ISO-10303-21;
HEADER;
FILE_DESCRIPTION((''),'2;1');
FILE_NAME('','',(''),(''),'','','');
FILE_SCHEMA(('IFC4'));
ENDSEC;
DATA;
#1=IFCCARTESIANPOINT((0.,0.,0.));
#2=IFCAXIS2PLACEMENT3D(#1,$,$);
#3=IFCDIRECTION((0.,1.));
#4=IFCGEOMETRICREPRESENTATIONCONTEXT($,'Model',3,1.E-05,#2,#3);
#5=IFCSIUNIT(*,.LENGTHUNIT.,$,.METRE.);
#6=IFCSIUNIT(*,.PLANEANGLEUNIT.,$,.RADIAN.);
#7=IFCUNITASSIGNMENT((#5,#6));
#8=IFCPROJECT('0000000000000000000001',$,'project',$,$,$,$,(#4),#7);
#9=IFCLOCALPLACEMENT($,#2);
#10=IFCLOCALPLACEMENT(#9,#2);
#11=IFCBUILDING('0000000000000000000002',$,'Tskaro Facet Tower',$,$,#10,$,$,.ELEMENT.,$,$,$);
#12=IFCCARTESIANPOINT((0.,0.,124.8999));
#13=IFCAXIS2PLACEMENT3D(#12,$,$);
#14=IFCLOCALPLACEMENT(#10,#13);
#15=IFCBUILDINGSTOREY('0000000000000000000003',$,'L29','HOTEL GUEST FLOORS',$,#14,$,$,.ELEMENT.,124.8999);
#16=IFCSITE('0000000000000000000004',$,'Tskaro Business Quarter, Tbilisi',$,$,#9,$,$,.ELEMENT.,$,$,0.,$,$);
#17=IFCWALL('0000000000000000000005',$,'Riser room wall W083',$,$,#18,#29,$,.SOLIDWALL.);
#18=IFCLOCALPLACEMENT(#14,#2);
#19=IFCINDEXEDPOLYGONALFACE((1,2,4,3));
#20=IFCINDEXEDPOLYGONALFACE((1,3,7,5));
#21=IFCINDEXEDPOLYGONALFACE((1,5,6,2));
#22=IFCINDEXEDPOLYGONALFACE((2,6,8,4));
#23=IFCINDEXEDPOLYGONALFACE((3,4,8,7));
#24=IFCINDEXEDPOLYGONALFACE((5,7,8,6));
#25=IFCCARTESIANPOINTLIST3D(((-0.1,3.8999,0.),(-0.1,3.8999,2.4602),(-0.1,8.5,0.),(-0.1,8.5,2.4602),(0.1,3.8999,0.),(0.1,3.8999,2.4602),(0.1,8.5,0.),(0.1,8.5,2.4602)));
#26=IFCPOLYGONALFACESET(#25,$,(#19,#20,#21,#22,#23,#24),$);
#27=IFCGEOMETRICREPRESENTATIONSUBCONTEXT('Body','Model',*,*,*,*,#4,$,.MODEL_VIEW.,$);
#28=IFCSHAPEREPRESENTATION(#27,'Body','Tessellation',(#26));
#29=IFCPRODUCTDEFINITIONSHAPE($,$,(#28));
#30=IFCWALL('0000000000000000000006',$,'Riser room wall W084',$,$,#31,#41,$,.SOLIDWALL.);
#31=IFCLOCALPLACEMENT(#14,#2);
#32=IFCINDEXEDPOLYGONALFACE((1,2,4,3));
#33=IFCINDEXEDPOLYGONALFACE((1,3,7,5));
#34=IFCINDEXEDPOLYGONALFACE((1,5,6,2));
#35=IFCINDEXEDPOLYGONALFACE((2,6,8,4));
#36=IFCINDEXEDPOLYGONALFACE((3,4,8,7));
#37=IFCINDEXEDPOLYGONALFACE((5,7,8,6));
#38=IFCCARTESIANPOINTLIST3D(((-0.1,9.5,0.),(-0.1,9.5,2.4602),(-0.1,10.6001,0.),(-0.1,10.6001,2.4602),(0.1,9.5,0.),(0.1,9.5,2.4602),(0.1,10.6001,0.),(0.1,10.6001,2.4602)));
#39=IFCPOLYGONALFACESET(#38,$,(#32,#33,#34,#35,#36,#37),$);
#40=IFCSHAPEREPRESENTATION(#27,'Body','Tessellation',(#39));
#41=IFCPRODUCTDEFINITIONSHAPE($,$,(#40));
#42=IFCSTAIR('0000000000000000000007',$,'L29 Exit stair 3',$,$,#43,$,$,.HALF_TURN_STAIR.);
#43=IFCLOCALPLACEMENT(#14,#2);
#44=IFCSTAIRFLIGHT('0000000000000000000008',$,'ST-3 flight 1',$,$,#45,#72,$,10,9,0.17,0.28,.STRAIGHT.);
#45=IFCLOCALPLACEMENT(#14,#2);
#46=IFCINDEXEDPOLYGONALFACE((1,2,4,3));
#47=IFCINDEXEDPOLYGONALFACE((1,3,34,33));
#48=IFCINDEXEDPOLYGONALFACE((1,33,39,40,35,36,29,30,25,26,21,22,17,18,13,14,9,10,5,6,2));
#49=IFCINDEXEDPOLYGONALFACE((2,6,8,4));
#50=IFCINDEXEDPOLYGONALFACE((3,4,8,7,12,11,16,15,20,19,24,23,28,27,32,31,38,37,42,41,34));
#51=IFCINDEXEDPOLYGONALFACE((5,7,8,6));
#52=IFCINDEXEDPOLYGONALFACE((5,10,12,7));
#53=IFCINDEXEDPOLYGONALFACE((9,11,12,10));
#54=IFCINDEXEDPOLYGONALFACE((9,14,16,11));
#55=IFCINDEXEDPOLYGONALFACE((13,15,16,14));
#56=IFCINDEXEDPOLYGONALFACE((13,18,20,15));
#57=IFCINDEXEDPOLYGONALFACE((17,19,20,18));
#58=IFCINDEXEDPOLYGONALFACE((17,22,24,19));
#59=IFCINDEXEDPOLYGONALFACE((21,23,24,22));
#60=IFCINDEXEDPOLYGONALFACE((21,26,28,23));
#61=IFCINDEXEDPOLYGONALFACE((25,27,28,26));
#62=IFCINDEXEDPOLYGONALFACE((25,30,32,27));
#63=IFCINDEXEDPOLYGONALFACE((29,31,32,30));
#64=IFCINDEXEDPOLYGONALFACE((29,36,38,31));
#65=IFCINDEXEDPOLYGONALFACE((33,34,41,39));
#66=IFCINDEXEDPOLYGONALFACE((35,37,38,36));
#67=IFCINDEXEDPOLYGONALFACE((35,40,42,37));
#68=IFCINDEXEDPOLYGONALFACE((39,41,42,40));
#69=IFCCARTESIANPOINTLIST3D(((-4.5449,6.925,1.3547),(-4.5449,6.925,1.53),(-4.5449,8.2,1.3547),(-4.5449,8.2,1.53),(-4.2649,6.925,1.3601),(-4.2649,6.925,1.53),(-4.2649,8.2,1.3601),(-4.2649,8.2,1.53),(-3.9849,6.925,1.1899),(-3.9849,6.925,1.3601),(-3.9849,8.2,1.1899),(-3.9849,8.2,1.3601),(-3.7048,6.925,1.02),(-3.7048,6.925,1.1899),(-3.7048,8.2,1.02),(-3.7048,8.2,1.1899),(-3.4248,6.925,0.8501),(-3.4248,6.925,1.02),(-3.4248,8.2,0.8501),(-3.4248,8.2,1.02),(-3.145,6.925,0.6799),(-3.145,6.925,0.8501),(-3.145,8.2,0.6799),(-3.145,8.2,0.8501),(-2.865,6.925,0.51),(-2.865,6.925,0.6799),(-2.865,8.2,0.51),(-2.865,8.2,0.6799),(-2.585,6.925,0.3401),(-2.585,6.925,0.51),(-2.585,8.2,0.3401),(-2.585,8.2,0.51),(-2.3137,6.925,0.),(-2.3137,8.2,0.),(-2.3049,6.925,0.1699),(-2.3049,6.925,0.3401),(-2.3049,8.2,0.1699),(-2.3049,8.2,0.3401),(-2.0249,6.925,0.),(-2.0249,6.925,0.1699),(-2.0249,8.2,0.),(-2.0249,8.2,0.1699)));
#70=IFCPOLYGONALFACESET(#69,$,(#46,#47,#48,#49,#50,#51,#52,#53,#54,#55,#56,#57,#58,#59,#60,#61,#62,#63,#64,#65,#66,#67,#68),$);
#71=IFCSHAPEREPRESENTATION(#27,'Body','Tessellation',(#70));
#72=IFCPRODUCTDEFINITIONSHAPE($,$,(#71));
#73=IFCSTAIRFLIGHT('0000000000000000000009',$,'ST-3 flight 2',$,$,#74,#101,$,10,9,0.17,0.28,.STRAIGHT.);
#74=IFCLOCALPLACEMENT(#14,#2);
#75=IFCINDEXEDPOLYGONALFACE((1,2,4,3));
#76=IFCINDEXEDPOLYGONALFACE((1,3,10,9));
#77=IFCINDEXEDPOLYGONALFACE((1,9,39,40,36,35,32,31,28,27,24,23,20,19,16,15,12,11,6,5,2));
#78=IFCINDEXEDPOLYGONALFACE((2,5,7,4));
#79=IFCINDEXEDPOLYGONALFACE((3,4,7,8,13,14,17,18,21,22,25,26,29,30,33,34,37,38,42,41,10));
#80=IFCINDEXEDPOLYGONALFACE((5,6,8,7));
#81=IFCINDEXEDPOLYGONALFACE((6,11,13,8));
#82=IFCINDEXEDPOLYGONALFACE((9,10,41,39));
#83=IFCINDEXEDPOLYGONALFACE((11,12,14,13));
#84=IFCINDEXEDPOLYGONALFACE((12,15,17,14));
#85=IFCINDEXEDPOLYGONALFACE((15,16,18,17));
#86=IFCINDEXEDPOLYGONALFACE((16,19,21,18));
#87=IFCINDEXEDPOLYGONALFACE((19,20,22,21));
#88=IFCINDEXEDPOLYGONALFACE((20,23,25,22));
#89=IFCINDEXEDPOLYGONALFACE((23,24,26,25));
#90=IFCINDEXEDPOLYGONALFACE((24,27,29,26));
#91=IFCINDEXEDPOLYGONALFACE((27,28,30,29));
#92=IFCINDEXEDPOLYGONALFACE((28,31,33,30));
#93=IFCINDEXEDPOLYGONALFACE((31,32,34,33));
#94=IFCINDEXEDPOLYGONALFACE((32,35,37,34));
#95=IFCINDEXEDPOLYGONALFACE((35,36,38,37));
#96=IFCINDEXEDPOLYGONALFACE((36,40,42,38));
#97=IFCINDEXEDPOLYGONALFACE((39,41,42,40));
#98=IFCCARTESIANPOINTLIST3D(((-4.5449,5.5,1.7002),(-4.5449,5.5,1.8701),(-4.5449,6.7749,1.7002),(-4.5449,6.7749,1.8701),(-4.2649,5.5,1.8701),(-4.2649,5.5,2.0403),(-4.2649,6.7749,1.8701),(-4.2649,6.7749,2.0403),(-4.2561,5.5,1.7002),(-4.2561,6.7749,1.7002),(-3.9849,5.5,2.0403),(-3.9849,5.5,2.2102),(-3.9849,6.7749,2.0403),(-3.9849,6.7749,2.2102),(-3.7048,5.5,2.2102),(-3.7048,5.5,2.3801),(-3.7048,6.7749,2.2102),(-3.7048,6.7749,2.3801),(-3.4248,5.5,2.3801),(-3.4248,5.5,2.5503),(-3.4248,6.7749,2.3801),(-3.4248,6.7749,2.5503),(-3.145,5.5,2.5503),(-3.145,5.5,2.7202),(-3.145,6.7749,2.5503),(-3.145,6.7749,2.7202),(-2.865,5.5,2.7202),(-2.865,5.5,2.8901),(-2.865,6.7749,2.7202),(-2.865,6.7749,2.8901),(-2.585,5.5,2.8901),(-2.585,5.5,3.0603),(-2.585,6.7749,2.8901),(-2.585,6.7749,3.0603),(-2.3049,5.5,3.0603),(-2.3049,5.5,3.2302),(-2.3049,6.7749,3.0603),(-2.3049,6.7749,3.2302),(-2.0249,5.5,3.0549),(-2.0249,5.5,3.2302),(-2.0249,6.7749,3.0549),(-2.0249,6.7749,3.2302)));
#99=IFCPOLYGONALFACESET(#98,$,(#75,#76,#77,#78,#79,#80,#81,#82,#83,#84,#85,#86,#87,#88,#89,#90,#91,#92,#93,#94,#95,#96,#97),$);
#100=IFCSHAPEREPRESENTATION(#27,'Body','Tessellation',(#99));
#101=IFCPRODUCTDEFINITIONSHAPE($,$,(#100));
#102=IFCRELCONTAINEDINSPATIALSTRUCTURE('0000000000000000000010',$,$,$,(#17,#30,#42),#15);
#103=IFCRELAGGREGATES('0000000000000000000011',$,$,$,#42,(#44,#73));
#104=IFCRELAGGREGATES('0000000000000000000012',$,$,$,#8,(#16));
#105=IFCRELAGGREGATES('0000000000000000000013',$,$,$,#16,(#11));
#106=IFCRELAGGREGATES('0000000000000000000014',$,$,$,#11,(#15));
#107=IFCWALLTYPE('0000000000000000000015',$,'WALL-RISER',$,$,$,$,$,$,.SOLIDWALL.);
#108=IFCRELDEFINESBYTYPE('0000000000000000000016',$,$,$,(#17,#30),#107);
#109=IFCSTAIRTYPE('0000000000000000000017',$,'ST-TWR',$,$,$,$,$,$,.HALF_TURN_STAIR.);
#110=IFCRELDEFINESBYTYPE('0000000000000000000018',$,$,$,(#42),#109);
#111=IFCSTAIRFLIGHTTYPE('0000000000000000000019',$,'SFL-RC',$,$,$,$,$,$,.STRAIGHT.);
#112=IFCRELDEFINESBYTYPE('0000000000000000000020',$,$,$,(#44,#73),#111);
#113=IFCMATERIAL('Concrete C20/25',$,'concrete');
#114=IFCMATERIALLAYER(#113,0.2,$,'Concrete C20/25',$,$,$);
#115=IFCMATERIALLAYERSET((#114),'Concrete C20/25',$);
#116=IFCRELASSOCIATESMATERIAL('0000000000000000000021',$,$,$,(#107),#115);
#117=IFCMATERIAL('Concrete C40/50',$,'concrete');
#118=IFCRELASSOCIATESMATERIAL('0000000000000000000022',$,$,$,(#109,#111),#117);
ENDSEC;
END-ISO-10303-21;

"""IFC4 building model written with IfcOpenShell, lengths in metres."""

from ifc_helpers import new_model, si_unit, direction, frame, frame_2d, origin, place, context, subcontext, project, spatial, polyline, rectangle, outline, extrude, material, layer, layer_set, type_object, element, aggregate, save


model = new_model("IFC4")

# Units and contexts
model_context = context("Model", 3, precision=1e-05, world=origin(), true_north=direction((0.0, 1.0)))
body_context = subcontext(model_context, "Body", "Model", "MODEL_VIEW")
ifc_project = project(units=[si_unit("LENGTHUNIT", "METRE"), si_unit("PLANEANGLEUNIT", "RADIAN")], contexts=[model_context])

# Site, building, storey
site_placement = place(None, origin())
site = spatial("IfcSite", under=ifc_project, at=site_placement, Name="Tskaro Business Quarter, Tbilisi", CompositionType="ELEMENT", RefElevation=0.0)
building_placement = place(site_placement, origin())
building = spatial("IfcBuilding", under=site, at=building_placement, Name="Tskaro Facet Tower", CompositionType="ELEMENT")
storey_placement = place(building_placement, frame((0.0, 0.0, 124.8999)))
storey = spatial("IfcBuildingStorey", under=building, at=storey_placement, Name="L29", Description="HOTEL GUEST FLOORS", CompositionType="ELEMENT", Elevation=124.8999)

# Walls
ifc_material_1 = material(Name="Concrete C20/25", Category="concrete")
ifc_layer_1 = layer(ifc_material_1, 0.2, Name="Concrete C20/25")
ifc_layer_set_1 = layer_set([ifc_layer_1], Name="Concrete C20/25")
wall_type_1 = type_object("IfcWallType", Name="WALL-RISER", PredefinedType="SOLIDWALL", material=ifc_layer_set_1)
wall_1_placement = place(storey_placement, frame((0.0, 3.8999, 0.0), z_axis=(0.0, 0.0, 1.0), x_axis=(0.0, 1.0, 0.0)))
element("IfcWall", 1, at=wall_1_placement, inside=storey, type_object=wall_type_1, Name="Riser room wall W083", PredefinedType="SOLIDWALL", context=body_context, shape_type="SweptSolid", body=[
    extrude(rectangle(XDim=4.6001, YDim=0.2, at=frame_2d((2.3, 0.0))), origin(), (0.0, 0.0, 1.0), 2.4602),
])
wall_2_placement = place(storey_placement, frame((0.0, 9.5, 0.0), z_axis=(0.0, 0.0, 1.0), x_axis=(0.0, 1.0, 0.0)))
element("IfcWall", 2, at=wall_2_placement, inside=storey, type_object=wall_type_1, Name="Riser room wall W084", PredefinedType="SOLIDWALL", context=body_context, shape_type="SweptSolid", body=[
    extrude(rectangle(XDim=1.1001, YDim=0.2, at=frame_2d((0.55, 0.0))), origin(), (0.0, 0.0, 1.0), 2.4602),
])

# Stair, stair flights
ifc_material_2 = material(Name="Concrete C40/50", Category="concrete")
stair_type = type_object("IfcStairType", Name="ST-TWR", PredefinedType="HALF_TURN_STAIR", material=ifc_material_2)
stair_placement = place(storey_placement, origin())
stair = element("IfcStair", 3, at=stair_placement, inside=storey, type_object=stair_type, Name="L29 Exit stair 3", PredefinedType="HALF_TURN_STAIR")
stair_flight_type = type_object("IfcStairFlightType", Name="SFL-RC", PredefinedType="STRAIGHT", material=ifc_material_2)
stair_flight_1_placement = place(storey_placement, frame((-2.0249, 7.5625, 0.0), z_axis=(0.0, 0.0, 1.0), x_axis=(-1.0, 0.0, 0.0)))
stair_flight_1 = element("IfcStairFlight", 4, at=stair_flight_1_placement, type_object=stair_flight_type, Name="ST-3 flight 1", NumberOfRisers=10, NumberOfTreads=9, PredefinedType="STRAIGHT", RiserHeight=0.17, TreadLength=0.28, context=body_context, shape_type="SweptSolid", body=[
    extrude(outline(polyline([(0.0, 0.0), (0.0, 0.1699), (0.28, 0.1699), (0.28, 0.3401), (0.5601, 0.3401), (0.5601, 0.51), (0.8401, 0.51), (0.8401, 0.6799), (1.1201, 0.6799), (1.1201, 0.8501), (1.3999, 0.8501), (1.3999, 1.02), (1.6799, 1.02), (1.6799, 1.1899), (1.96, 1.1899), (1.96, 1.3601), (2.24, 1.3601), (2.24, 1.53), (2.52, 1.53), (2.52, 1.7), (2.52, 1.3547), (0.2888, 0.0), (0.0, 0.0)])), frame((0.0, 0.6375, 0.0), z_axis=(0.0, -1.0, 0.0), x_axis=(1.0, 0.0, 0.0)), (0.0, 0.0, 1.0), 1.2749),
])
stair_flight_2_placement = place(storey_placement, frame((-4.5449, 6.1375, 1.7002), z_axis=(0.0, 0.0, 1.0), x_axis=(1.0, 0.0, 0.0)))
stair_flight_2 = element("IfcStairFlight", 5, at=stair_flight_2_placement, type_object=stair_flight_type, Name="ST-3 flight 2", NumberOfRisers=10, NumberOfTreads=9, PredefinedType="STRAIGHT", RiserHeight=0.17, TreadLength=0.28, context=body_context, shape_type="SweptSolid", body=[
    extrude(outline(polyline([(0.0, 0.0), (0.0, 0.1699), (0.28, 0.1699), (0.28, 0.3401), (0.5601, 0.3401), (0.5601, 0.51), (0.8401, 0.51), (0.8401, 0.6799), (1.1201, 0.6799), (1.1201, 0.8501), (1.3999, 0.8501), (1.3999, 1.02), (1.6799, 1.02), (1.6799, 1.1899), (1.96, 1.1899), (1.96, 1.3601), (2.24, 1.3601), (2.24, 1.53), (2.52, 1.53), (2.52, 1.7), (2.52, 1.3547), (0.2888, 0.0), (0.0, 0.0)])), frame((0.0, 0.6375, 0.0), z_axis=(0.0, -1.0, 0.0), x_axis=(1.0, 0.0, 0.0)), (0.0, 0.0, 1.0), 1.2749),
])
aggregate(stair, [stair_flight_1, stair_flight_2])

save(model, "model.ifc")
